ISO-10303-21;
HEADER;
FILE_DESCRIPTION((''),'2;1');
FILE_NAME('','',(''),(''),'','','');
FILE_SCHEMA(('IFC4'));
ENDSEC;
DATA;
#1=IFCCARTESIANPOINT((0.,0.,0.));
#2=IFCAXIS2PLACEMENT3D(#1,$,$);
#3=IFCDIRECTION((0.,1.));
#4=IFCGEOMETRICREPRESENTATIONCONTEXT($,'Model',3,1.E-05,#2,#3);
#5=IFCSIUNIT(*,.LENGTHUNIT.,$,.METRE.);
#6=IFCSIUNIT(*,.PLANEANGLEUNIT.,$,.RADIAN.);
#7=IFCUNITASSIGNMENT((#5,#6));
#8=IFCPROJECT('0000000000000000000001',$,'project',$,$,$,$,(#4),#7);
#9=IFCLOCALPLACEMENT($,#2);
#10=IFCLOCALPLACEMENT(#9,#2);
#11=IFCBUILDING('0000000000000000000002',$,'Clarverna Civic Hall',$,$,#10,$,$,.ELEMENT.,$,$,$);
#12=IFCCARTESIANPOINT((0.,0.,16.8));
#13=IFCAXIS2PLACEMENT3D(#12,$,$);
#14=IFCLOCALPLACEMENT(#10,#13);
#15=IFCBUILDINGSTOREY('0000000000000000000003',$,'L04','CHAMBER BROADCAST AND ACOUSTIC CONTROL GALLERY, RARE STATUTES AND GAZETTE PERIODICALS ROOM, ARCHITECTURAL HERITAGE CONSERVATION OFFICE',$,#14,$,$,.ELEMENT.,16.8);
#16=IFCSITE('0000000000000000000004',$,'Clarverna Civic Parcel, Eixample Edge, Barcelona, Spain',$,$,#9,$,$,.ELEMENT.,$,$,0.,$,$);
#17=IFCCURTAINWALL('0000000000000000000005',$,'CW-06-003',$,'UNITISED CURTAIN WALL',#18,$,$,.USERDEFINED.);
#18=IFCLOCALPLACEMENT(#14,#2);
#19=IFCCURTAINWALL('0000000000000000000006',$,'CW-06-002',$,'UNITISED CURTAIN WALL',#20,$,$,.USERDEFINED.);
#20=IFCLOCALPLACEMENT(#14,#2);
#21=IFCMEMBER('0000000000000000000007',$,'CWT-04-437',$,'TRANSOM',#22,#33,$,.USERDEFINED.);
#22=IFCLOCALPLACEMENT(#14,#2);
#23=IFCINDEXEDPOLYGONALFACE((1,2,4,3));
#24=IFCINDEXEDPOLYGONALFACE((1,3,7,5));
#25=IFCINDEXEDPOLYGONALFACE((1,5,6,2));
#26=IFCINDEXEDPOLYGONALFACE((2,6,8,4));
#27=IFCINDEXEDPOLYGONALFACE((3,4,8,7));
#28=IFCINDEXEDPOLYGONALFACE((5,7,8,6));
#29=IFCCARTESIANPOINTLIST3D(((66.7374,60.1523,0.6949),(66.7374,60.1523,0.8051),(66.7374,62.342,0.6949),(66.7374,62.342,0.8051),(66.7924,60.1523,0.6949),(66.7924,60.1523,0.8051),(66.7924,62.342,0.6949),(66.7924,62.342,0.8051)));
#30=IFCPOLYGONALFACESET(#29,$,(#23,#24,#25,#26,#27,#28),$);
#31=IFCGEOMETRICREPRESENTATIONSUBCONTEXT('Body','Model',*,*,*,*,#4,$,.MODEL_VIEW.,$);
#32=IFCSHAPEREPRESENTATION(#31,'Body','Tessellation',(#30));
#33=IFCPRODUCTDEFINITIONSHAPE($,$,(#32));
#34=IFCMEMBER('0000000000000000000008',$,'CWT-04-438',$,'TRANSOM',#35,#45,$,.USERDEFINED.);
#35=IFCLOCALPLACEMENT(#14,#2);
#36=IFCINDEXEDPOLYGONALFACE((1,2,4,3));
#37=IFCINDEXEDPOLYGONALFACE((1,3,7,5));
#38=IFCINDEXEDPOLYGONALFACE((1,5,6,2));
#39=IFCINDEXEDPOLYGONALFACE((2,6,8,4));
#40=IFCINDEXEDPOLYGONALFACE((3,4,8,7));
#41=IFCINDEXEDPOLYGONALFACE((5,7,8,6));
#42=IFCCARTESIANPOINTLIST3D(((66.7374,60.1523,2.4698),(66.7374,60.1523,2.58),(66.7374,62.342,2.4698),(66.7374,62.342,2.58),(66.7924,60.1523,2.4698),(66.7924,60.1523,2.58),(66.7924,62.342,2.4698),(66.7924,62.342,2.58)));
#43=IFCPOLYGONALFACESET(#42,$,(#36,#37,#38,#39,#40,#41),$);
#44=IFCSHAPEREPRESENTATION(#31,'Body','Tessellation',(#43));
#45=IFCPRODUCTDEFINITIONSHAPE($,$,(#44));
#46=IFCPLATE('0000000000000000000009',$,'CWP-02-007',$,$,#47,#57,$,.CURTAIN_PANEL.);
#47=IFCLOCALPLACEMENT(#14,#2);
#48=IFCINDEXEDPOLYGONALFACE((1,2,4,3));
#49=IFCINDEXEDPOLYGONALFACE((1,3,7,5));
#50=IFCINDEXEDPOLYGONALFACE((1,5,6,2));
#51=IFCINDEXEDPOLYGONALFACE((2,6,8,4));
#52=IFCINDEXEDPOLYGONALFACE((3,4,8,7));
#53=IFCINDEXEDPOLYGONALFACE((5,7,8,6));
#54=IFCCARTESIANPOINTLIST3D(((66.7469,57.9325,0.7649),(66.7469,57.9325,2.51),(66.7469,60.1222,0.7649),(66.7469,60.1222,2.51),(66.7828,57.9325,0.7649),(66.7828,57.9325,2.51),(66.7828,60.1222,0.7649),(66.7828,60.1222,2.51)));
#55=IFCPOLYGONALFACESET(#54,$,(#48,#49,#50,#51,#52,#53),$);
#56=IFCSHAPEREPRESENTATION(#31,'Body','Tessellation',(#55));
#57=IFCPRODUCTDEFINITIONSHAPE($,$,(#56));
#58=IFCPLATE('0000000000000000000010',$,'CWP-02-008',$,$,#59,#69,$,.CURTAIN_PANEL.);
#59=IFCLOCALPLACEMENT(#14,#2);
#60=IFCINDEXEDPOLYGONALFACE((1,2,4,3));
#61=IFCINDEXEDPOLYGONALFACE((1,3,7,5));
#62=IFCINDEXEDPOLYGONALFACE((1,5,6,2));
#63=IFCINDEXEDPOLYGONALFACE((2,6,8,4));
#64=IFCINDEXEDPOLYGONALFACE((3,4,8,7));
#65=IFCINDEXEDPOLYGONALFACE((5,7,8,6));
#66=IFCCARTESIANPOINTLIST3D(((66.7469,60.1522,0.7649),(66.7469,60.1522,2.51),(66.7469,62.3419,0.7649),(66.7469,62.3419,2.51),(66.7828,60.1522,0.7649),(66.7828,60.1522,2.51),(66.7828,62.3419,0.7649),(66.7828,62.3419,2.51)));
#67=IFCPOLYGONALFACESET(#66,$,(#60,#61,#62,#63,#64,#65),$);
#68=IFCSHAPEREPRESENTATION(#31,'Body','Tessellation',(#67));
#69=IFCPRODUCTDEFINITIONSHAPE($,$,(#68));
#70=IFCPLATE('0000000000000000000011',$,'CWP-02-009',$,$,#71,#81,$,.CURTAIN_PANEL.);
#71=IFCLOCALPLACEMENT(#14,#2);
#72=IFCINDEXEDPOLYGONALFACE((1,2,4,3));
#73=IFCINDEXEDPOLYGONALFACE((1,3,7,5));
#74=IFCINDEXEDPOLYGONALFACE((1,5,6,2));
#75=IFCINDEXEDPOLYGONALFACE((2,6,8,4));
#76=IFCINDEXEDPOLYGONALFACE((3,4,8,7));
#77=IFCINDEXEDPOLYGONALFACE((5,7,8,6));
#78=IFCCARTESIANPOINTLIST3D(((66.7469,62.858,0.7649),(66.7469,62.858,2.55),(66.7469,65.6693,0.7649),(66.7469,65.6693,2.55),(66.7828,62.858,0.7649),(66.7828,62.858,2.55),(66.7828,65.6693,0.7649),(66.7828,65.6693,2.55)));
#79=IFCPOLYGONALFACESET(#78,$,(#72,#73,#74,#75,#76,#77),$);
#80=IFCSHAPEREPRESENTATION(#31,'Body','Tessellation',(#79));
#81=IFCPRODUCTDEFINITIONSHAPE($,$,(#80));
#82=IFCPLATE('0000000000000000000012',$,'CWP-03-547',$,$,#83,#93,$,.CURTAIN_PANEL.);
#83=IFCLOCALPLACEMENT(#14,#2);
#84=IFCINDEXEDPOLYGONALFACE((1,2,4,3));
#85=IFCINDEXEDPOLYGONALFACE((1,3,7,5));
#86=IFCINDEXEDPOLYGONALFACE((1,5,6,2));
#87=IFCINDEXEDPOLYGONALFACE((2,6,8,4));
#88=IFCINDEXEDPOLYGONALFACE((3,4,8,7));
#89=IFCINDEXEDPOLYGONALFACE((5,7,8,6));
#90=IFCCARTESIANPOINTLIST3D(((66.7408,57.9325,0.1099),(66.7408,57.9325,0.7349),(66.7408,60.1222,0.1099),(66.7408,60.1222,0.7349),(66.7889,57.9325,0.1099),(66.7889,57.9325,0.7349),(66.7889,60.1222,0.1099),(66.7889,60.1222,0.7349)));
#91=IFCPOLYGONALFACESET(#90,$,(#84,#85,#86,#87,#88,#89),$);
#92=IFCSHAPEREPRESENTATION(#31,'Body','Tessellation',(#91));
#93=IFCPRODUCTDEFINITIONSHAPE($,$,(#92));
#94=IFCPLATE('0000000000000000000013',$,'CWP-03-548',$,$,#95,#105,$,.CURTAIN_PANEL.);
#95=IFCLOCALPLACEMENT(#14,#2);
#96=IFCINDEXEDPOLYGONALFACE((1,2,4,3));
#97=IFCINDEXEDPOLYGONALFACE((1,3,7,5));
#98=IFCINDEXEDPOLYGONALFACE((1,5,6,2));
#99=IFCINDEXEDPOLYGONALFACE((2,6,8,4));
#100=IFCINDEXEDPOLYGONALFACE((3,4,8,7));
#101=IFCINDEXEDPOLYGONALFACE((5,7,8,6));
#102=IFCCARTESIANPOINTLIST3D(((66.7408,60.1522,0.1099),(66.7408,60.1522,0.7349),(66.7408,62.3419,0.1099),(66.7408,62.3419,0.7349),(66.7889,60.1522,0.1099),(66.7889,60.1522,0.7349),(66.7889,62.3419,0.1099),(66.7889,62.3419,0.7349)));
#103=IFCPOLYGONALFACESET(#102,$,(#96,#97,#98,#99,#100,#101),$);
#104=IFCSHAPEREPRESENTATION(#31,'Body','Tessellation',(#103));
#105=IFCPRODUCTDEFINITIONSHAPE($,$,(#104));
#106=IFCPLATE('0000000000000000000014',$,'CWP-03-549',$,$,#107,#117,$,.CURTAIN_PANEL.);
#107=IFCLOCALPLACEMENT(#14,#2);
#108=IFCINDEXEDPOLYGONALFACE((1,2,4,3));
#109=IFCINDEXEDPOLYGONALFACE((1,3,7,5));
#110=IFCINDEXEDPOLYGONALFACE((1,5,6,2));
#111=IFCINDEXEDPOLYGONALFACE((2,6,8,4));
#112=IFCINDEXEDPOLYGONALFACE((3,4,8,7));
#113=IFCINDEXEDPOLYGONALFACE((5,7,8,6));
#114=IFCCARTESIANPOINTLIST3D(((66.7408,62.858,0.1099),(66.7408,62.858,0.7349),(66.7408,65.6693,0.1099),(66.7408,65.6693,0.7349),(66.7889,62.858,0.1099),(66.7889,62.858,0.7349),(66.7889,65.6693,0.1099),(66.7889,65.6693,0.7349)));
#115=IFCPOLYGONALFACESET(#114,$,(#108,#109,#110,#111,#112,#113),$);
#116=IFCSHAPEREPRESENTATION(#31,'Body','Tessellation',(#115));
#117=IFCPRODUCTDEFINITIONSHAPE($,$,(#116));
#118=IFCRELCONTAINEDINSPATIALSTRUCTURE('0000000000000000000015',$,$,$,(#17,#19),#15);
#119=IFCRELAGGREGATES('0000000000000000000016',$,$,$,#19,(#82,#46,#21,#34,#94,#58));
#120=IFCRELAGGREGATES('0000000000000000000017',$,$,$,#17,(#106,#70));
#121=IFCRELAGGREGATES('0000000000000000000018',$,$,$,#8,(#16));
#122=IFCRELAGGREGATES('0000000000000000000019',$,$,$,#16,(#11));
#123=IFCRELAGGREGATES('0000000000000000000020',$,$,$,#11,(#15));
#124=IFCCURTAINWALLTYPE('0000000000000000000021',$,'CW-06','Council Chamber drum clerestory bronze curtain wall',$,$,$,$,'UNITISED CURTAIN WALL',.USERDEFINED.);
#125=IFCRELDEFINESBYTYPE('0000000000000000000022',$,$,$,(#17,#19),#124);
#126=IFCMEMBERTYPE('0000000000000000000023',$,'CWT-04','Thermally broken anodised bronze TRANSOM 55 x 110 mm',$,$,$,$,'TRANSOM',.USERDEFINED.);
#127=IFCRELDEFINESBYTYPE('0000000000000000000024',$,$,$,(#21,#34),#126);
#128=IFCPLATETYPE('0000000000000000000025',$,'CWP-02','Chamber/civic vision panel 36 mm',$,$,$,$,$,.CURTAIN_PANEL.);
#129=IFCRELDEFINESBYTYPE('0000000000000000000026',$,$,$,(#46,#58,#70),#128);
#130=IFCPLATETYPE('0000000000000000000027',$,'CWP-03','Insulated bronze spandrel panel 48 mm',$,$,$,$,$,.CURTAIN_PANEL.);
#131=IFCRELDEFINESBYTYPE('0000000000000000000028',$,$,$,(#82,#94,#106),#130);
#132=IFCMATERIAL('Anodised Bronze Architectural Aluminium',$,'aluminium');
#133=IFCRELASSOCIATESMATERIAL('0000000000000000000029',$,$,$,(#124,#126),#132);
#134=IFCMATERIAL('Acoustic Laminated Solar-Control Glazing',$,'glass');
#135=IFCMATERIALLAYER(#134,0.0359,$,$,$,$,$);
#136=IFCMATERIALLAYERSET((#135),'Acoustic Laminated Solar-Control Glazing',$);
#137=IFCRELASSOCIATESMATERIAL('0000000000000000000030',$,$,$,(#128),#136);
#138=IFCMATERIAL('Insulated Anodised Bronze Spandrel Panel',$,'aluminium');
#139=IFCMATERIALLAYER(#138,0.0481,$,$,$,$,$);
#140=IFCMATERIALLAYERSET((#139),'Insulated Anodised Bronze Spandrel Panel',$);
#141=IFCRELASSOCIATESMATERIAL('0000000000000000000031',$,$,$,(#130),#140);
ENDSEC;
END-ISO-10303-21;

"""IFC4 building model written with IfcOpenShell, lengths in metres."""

from ifc_helpers import new_model, si_unit, direction, frame, frame_2d, origin, origin_2d, place, context, subcontext, project, spatial, rectangle, extrude, material, layer, layer_set, material_profile, profile_set, type_object, element, aggregate, save


model = new_model("IFC4")

# Units and contexts
model_context = context("Model", 3, precision=1e-05, world=origin(), true_north=direction((0.0, 1.0)))
body_context = subcontext(model_context, "Body", "Model", "MODEL_VIEW")
ifc_project = project(units=[si_unit("LENGTHUNIT", "METRE"), si_unit("PLANEANGLEUNIT", "RADIAN")], contexts=[model_context])

# Site, building, storey
site_placement = place(None, origin())
site = spatial("IfcSite", under=ifc_project, at=site_placement, Name="Clarverna Civic Parcel, Eixample Edge, Barcelona, Spain", CompositionType="ELEMENT", RefElevation=0.0)
building_placement = place(site_placement, origin())
building = spatial("IfcBuilding", under=site, at=building_placement, Name="Clarverna Civic Hall", CompositionType="ELEMENT")
storey_placement = place(building_placement, frame((0.0, 0.0, 16.8)))
storey = spatial("IfcBuildingStorey", under=building, at=storey_placement, Name="L04", Description="CHAMBER BROADCAST AND ACOUSTIC CONTROL GALLERY, RARE STATUTES AND GAZETTE PERIODICALS ROOM, ARCHITECTURAL HERITAGE CONSERVATION OFFICE", CompositionType="ELEMENT", Elevation=16.8)

# Curtain walls
ifc_material_1 = material(Name="Anodised Bronze Architectural Aluminium", Category="aluminium")
curtain_wall_type = type_object("IfcCurtainWallType", Name="CW-06", Description="Council Chamber drum clerestory bronze curtain wall", ElementType="UNITISED CURTAIN WALL", PredefinedType="USERDEFINED", material=ifc_material_1)
curtain_wall_1_placement = place(storey_placement, origin())
curtain_wall_1 = element("IfcCurtainWall", 1, at=curtain_wall_1_placement, inside=storey, type_object=curtain_wall_type, Name="CW-06-003", ObjectType="UNITISED CURTAIN WALL", PredefinedType="USERDEFINED")
curtain_wall_2_placement = place(storey_placement, origin())
curtain_wall_2 = element("IfcCurtainWall", 2, at=curtain_wall_2_placement, inside=storey, type_object=curtain_wall_type, Name="CW-06-002", ObjectType="UNITISED CURTAIN WALL", PredefinedType="USERDEFINED")

# Members
ifc_material_profile_1 = material_profile(ifc_material_1, rectangle(XDim=0.0549, YDim=0.1101, at=origin_2d()), Name="BRONZE 55x110")
ifc_profile_set_1 = profile_set([ifc_material_profile_1], Name="Anodised Bronze Architectural Aluminium")
member_type_1 = type_object("IfcMemberType", Name="CWT-04", Description="Thermally broken anodised bronze TRANSOM 55 x 110 mm", ElementType="TRANSOM", PredefinedType="USERDEFINED", material=ifc_profile_set_1)
member_1_placement = place(storey_placement, frame((66.7649, 60.1523, 0.75), z_axis=(0.0, 1.0, 0.0), x_axis=(-1.0, 0.0, 0.0)))
member_1 = element("IfcMember", 3, at=member_1_placement, type_object=member_type_1, Name="CWT-04-437", ObjectType="TRANSOM", PredefinedType="USERDEFINED", context=body_context, shape_type="SweptSolid", body=[
    extrude(rectangle(XDim=0.0549, YDim=0.1101, at=origin_2d()), origin(), (0.0, 0.0, 1.0), 2.1897),
])
member_2_placement = place(storey_placement, frame((66.7649, 60.1523, 2.5249), z_axis=(0.0, 1.0, 0.0), x_axis=(-1.0, 0.0, 0.0)))
member_2 = element("IfcMember", 4, at=member_2_placement, type_object=member_type_1, Name="CWT-04-438", ObjectType="TRANSOM", PredefinedType="USERDEFINED", context=body_context, shape_type="SweptSolid", body=[
    extrude(rectangle(XDim=0.0549, YDim=0.1101, at=origin_2d()), origin(), (0.0, 0.0, 1.0), 2.1897),
])

# Plates
ifc_material_2 = material(Name="Acoustic Laminated Solar-Control Glazing", Category="glass")
ifc_layer_1 = layer(ifc_material_2, 0.0359)
ifc_layer_set_1 = layer_set([ifc_layer_1], Name="Acoustic Laminated Solar-Control Glazing")
plate_type_1 = type_object("IfcPlateType", Name="CWP-02", Description="Chamber/civic vision panel 36 mm", PredefinedType="CURTAIN_PANEL", material=ifc_layer_set_1)
plate_1_placement = place(storey_placement, frame((66.7649, 57.9326, 0.7649), z_axis=(0.0, 0.0, 1.0), x_axis=(0.0, 1.0, 0.0)))
plate_1 = element("IfcPlate", 5, at=plate_1_placement, type_object=plate_type_1, Name="CWP-02-007", PredefinedType="CURTAIN_PANEL", context=body_context, shape_type="SweptSolid", body=[
    extrude(rectangle(XDim=2.1897, YDim=0.0359, at=frame_2d((1.0947, 0.0))), origin(), (0.0, 0.0, 1.0), 1.7451),
])
plate_2_placement = place(storey_placement, frame((66.7649, 60.1523, 0.7649), z_axis=(0.0, 0.0, 1.0), x_axis=(0.0, 1.0, 0.0)))
plate_2 = element("IfcPlate", 6, at=plate_2_placement, type_object=plate_type_1, Name="CWP-02-008", PredefinedType="CURTAIN_PANEL", context=body_context, shape_type="SweptSolid", body=[
    extrude(rectangle(XDim=2.1897, YDim=0.0359, at=frame_2d((1.0947, 0.0))), origin(), (0.0, 0.0, 1.0), 1.7451),
])
plate_3_placement = place(storey_placement, frame((66.7649, 62.8579, 0.7649), z_axis=(0.0, 0.0, 1.0), x_axis=(0.0, 1.0, 0.0)))
plate_3 = element("IfcPlate", 7, at=plate_3_placement, type_object=plate_type_1, Name="CWP-02-009", PredefinedType="CURTAIN_PANEL", context=body_context, shape_type="SweptSolid", body=[
    extrude(rectangle(XDim=2.8113, YDim=0.0359, at=frame_2d((1.4058, 0.0))), origin(), (0.0, 0.0, 1.0), 1.7852),
])
ifc_material_3 = material(Name="Insulated Anodised Bronze Spandrel Panel", Category="aluminium")
ifc_layer_2 = layer(ifc_material_3, 0.0481)
ifc_layer_set_2 = layer_set([ifc_layer_2], Name="Insulated Anodised Bronze Spandrel Panel")
plate_type_2 = type_object("IfcPlateType", Name="CWP-03", Description="Insulated bronze spandrel panel 48 mm", PredefinedType="CURTAIN_PANEL", material=ifc_layer_set_2)
plate_4_placement = place(storey_placement, frame((66.7649, 57.9326, 0.1099), z_axis=(0.0, 0.0, 1.0), x_axis=(0.0, 1.0, 0.0)))
plate_4 = element("IfcPlate", 8, at=plate_4_placement, type_object=plate_type_2, Name="CWP-03-547", PredefinedType="CURTAIN_PANEL", context=body_context, shape_type="SweptSolid", body=[
    extrude(rectangle(XDim=2.1897, YDim=0.0481, at=frame_2d((1.0947, 0.0))), origin(), (0.0, 0.0, 1.0), 0.625),
])
plate_5_placement = place(storey_placement, frame((66.7649, 60.1523, 0.1099), z_axis=(0.0, 0.0, 1.0), x_axis=(0.0, 1.0, 0.0)))
plate_5 = element("IfcPlate", 9, at=plate_5_placement, type_object=plate_type_2, Name="CWP-03-548", PredefinedType="CURTAIN_PANEL", context=body_context, shape_type="SweptSolid", body=[
    extrude(rectangle(XDim=2.1897, YDim=0.0481, at=frame_2d((1.0947, 0.0))), origin(), (0.0, 0.0, 1.0), 0.625),
])
aggregate(curtain_wall_2, [plate_4, plate_1, member_1, member_2, plate_5, plate_2])
plate_6_placement = place(storey_placement, frame((66.7649, 62.8579, 0.1099), z_axis=(0.0, 0.0, 1.0), x_axis=(0.0, 1.0, 0.0)))
plate_6 = element("IfcPlate", 10, at=plate_6_placement, type_object=plate_type_2, Name="CWP-03-549", PredefinedType="CURTAIN_PANEL", context=body_context, shape_type="SweptSolid", body=[
    extrude(rectangle(XDim=2.8113, YDim=0.0481, at=frame_2d((1.4058, 0.0))), origin(), (0.0, 0.0, 1.0), 0.625),
])
aggregate(curtain_wall_1, [plate_6, plate_3])

save(model, "model.ifc")
